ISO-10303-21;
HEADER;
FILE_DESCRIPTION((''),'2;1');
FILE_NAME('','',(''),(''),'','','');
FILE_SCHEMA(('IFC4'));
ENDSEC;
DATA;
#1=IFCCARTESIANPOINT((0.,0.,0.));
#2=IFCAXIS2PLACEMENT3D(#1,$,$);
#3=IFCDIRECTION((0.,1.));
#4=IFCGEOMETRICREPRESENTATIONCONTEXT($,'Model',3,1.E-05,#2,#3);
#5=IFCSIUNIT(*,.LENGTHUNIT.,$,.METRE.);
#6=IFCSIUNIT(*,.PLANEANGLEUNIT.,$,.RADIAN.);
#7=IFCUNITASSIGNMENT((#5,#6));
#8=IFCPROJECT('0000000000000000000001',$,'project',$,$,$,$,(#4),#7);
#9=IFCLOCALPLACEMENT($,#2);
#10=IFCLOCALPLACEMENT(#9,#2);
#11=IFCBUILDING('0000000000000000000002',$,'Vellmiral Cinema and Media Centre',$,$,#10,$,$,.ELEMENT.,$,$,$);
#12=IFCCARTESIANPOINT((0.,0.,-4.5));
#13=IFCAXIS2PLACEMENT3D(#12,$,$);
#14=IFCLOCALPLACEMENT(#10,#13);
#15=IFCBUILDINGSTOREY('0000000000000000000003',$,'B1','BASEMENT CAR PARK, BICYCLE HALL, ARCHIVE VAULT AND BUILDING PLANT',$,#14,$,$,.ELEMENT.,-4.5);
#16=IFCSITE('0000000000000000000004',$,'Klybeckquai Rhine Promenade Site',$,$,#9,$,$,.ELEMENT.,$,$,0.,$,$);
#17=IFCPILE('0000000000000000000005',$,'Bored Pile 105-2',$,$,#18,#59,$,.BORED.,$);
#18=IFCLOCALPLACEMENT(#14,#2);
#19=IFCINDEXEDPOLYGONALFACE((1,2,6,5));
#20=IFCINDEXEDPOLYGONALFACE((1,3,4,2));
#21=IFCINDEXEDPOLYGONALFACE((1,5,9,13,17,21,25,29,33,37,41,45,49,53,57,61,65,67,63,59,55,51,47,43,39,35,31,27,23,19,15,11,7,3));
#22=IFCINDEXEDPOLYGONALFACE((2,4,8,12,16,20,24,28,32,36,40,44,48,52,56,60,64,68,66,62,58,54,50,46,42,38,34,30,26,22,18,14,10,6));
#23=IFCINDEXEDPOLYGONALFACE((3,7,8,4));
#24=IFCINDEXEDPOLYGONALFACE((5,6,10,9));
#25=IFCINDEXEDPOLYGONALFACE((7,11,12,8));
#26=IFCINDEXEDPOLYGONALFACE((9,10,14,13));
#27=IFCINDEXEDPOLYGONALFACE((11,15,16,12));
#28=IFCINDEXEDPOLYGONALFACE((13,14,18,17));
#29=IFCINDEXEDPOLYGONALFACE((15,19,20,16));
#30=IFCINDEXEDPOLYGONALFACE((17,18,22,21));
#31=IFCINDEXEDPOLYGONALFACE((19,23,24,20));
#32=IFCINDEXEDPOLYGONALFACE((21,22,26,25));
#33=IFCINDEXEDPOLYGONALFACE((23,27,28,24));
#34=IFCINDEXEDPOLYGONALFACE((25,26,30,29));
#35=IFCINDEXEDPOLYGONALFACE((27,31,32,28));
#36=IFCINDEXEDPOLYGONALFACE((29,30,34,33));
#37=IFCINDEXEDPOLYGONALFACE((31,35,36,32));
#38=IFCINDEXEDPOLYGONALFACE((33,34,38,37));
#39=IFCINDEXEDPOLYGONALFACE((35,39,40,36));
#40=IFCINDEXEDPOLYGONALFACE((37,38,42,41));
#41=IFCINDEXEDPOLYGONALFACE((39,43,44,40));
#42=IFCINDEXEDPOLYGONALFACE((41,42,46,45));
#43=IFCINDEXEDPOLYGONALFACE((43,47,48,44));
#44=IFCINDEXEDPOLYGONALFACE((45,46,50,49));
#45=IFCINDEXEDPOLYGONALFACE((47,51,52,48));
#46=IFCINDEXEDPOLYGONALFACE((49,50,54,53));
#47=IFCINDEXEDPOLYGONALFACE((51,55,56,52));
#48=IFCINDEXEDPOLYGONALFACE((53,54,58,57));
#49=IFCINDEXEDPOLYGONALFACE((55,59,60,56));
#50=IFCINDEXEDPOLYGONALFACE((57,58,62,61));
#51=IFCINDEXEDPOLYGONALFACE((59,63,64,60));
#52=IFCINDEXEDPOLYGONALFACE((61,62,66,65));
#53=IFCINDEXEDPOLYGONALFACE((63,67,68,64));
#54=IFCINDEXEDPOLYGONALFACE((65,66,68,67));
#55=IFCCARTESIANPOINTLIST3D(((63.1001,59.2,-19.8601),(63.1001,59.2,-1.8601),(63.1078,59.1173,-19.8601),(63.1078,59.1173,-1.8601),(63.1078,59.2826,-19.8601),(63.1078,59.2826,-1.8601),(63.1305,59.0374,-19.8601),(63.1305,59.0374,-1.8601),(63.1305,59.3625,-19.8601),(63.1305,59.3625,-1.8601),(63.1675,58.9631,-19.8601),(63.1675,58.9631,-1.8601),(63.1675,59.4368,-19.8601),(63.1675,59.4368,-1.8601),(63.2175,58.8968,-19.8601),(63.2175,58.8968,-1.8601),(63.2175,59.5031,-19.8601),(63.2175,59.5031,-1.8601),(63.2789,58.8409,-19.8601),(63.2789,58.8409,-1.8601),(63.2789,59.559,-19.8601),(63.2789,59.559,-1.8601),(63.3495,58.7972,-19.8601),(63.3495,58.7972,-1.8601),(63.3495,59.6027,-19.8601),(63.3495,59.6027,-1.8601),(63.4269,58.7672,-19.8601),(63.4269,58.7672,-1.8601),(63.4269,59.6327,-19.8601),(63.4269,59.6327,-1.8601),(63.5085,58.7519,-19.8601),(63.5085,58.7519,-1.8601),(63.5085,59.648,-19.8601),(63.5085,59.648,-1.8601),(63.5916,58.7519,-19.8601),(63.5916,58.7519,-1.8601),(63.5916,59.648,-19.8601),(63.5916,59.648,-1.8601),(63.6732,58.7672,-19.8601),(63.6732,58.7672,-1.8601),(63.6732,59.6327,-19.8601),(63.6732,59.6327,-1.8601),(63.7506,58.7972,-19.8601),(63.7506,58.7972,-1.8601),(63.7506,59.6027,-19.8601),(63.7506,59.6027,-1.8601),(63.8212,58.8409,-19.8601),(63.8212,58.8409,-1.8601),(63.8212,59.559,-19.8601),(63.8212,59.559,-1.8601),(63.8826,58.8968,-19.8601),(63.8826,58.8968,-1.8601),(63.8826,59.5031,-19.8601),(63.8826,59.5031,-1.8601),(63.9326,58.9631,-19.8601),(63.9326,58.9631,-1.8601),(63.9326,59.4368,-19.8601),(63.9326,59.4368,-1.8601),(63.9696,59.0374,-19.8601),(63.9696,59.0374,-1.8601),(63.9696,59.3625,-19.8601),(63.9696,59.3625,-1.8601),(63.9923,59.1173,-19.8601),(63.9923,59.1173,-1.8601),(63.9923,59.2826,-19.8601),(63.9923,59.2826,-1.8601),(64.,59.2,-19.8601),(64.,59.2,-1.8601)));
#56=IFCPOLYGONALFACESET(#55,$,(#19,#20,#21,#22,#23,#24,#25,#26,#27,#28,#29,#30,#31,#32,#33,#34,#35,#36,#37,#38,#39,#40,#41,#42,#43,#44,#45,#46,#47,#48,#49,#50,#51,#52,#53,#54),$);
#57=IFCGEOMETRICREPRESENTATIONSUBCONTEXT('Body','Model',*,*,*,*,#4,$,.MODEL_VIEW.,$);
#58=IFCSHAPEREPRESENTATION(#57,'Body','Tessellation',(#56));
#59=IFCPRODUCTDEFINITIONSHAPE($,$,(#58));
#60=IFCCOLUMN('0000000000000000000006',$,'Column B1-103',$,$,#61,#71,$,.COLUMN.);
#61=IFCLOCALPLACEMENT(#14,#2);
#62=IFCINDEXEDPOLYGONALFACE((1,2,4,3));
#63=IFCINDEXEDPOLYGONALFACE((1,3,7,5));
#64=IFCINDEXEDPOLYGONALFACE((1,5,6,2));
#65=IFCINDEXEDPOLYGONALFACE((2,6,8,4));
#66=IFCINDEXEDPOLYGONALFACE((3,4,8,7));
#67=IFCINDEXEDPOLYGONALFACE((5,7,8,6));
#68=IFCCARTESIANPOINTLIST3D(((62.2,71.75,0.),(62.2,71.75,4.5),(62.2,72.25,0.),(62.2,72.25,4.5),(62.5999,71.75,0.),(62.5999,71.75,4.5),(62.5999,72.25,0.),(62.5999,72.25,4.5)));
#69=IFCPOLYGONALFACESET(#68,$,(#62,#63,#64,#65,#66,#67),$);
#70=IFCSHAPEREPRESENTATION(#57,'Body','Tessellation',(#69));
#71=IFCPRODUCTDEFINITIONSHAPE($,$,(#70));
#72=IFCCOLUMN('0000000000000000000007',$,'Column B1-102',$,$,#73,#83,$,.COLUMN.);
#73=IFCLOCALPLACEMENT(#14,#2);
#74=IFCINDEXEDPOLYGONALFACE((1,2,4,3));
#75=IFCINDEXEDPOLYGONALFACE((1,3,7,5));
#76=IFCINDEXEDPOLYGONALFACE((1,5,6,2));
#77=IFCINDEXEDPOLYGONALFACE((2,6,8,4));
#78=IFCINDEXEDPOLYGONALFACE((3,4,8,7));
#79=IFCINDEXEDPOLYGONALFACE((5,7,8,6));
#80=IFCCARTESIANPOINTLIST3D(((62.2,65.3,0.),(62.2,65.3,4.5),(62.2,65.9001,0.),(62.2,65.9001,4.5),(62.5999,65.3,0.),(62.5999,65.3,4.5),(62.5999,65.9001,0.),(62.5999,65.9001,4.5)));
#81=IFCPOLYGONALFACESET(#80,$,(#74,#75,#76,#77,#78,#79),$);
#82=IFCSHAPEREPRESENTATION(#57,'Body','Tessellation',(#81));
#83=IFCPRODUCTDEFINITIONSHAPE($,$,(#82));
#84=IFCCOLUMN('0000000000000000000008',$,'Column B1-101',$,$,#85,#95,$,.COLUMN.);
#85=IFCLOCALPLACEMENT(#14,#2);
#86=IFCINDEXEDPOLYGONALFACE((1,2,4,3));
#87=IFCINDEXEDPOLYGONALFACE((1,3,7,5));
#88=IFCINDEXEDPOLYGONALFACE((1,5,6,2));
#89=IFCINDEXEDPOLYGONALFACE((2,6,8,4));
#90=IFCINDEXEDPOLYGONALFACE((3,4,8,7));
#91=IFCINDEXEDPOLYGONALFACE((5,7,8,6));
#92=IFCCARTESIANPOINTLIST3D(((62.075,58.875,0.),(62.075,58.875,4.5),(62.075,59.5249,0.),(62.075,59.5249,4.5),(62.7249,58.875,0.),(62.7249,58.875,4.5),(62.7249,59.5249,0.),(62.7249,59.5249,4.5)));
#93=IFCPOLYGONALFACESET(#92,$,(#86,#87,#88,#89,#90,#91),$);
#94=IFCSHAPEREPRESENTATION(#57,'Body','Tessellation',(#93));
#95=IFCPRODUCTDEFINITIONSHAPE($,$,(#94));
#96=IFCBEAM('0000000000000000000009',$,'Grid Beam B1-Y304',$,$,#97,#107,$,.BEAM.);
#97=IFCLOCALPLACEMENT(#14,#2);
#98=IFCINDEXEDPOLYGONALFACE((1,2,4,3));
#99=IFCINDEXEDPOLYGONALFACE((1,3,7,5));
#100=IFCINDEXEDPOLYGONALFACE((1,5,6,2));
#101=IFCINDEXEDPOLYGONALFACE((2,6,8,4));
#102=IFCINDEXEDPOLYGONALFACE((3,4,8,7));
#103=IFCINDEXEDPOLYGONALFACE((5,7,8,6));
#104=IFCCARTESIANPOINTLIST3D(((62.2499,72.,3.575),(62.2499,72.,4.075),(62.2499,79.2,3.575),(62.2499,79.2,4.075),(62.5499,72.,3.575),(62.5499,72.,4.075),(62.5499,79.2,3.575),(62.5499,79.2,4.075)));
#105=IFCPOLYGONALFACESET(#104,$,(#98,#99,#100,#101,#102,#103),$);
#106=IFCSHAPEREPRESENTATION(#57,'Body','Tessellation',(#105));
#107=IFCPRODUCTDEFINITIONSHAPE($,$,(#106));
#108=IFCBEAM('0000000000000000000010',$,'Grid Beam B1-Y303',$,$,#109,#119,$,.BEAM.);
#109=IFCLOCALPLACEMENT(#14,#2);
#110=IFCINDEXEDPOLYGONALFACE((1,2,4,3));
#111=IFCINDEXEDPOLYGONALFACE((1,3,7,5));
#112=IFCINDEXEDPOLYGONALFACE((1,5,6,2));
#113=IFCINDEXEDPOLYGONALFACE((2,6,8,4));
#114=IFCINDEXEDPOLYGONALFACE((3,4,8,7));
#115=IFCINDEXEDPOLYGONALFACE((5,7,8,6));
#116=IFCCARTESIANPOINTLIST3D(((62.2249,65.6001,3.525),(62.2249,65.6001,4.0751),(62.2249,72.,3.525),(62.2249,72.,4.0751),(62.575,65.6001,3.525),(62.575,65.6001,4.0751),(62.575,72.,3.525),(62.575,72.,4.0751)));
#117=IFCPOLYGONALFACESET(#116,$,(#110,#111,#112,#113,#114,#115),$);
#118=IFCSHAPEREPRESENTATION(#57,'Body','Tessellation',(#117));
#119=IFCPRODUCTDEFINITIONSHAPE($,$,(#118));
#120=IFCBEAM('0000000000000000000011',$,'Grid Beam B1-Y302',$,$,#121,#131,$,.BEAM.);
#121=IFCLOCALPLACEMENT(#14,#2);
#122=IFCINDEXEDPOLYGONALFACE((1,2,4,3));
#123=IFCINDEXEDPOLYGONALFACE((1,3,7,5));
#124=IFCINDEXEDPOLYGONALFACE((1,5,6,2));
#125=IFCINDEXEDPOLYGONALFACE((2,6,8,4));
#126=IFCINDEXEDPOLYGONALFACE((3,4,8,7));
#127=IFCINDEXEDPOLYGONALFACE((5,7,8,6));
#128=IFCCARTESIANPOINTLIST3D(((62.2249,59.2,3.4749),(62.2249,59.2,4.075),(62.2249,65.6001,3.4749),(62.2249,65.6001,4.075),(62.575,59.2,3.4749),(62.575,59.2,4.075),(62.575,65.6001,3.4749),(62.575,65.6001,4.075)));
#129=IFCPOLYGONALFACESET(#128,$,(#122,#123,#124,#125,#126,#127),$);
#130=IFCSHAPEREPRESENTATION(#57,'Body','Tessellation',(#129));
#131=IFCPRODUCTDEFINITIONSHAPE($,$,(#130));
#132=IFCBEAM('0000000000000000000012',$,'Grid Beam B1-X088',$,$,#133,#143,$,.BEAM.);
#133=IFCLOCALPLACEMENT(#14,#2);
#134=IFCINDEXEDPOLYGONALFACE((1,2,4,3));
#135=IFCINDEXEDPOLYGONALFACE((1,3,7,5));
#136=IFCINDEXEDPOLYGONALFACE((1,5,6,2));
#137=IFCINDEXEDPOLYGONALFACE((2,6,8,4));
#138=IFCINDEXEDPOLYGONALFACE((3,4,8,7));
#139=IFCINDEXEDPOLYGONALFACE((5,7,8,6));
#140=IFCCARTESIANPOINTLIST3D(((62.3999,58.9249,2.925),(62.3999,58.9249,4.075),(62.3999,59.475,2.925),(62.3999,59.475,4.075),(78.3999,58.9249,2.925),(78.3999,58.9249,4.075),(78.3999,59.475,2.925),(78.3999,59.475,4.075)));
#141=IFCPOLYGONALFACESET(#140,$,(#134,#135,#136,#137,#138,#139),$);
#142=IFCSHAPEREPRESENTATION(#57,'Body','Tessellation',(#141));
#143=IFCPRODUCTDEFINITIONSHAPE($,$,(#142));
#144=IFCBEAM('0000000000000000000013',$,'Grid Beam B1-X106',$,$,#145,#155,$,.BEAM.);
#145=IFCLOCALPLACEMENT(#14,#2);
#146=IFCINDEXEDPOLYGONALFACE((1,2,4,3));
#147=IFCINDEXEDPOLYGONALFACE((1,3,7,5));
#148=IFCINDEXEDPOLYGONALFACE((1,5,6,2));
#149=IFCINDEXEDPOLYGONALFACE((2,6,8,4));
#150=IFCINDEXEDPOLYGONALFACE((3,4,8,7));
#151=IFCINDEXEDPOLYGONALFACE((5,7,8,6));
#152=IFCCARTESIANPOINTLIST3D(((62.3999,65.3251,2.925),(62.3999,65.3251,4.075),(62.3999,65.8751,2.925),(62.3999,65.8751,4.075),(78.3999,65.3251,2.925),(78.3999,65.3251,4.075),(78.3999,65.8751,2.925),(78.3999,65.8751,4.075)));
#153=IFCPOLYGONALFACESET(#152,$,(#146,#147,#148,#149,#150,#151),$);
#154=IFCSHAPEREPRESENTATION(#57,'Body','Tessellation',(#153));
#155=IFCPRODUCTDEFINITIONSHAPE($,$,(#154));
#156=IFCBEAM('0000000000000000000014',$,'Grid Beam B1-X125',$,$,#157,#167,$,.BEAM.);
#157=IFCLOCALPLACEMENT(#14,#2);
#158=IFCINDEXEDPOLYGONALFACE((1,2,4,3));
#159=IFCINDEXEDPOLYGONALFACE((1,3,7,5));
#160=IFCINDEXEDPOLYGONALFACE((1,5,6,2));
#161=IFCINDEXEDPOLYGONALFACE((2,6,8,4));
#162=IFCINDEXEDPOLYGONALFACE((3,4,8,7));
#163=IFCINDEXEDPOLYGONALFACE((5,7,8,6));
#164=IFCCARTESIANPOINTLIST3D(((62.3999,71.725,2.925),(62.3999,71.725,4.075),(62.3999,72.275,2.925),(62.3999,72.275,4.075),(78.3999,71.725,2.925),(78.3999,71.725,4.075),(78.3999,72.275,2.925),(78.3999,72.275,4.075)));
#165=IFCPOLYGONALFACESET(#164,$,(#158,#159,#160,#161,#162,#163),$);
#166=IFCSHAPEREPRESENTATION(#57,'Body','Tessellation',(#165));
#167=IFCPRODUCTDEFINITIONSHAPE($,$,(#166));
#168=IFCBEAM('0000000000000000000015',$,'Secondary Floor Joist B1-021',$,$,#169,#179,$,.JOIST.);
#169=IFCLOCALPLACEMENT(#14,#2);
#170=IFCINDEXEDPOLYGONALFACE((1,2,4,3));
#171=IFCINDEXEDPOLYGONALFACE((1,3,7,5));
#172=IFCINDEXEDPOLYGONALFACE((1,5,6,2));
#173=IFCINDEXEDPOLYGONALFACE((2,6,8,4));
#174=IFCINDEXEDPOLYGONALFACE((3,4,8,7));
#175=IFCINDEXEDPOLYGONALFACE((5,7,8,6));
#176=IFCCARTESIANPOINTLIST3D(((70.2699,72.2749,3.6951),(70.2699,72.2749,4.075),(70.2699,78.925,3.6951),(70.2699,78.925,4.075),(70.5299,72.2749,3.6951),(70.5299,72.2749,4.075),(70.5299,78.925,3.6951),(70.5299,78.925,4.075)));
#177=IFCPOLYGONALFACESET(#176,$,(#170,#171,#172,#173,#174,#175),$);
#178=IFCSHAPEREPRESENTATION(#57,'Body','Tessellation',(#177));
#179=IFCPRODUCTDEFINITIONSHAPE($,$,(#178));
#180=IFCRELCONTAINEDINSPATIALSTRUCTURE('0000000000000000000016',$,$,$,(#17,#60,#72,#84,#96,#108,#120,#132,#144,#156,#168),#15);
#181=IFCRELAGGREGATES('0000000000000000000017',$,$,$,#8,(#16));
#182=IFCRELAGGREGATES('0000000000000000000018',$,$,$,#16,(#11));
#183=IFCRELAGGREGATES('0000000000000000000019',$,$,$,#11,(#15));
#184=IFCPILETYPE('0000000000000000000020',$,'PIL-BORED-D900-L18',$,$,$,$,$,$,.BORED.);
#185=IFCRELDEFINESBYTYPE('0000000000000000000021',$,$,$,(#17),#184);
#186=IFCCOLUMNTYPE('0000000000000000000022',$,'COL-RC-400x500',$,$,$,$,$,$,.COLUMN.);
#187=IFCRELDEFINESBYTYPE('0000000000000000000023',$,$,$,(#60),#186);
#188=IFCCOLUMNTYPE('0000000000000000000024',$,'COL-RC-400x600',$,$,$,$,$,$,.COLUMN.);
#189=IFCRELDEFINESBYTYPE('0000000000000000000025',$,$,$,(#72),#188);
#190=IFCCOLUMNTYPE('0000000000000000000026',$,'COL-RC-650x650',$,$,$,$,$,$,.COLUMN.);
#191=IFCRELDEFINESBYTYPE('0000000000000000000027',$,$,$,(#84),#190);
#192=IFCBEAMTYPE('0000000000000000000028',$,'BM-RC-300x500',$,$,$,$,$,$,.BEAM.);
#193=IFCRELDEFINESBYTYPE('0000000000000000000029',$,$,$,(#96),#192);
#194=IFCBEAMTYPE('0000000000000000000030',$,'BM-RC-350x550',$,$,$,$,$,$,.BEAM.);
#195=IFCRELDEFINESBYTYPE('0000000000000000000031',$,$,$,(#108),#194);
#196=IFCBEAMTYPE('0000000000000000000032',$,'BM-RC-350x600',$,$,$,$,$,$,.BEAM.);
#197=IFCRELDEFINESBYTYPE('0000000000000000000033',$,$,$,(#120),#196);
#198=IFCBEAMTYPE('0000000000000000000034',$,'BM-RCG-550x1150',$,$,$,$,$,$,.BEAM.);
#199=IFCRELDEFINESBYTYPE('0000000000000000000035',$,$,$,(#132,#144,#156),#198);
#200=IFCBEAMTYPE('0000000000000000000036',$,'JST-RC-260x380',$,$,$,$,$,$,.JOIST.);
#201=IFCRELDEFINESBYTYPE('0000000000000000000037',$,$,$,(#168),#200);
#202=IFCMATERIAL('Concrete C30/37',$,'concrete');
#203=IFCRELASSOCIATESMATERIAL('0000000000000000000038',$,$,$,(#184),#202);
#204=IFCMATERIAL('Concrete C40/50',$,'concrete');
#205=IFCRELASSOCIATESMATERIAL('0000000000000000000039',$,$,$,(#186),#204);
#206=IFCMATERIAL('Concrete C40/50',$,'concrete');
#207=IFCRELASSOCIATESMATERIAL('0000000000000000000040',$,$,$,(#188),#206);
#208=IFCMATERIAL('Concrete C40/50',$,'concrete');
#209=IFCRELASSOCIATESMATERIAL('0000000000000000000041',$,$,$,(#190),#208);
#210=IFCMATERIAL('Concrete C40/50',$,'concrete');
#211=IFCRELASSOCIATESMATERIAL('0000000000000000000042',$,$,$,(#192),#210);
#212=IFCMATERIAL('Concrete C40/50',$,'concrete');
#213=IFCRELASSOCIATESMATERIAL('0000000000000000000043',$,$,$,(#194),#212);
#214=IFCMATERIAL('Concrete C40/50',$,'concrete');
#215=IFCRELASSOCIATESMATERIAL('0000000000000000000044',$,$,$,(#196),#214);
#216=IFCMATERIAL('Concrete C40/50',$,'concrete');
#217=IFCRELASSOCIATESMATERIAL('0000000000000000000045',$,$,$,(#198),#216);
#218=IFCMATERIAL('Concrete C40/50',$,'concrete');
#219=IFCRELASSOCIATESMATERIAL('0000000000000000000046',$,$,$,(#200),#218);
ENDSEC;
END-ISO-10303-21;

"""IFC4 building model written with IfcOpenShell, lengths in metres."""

from ifc_helpers import new_model, si_unit, direction, frame, origin, origin_2d, place, context, subcontext, project, spatial, rectangle, circle, extrude, material, material_profile, profile_set, type_object, element, save


model = new_model("IFC4")

# Units and contexts
model_context = context("Model", 3, precision=1e-05, world=origin(), true_north=direction((0.0, 1.0)))
body_context = subcontext(model_context, "Body", "Model", "MODEL_VIEW")
ifc_project = project(units=[si_unit("LENGTHUNIT", "METRE"), si_unit("PLANEANGLEUNIT", "RADIAN")], contexts=[model_context])

# Site, building, storey
site_placement = place(None, origin())
site = spatial("IfcSite", under=ifc_project, at=site_placement, Name="Klybeckquai Rhine Promenade Site", CompositionType="ELEMENT", RefElevation=0.0)
building_placement = place(site_placement, origin())
building = spatial("IfcBuilding", under=site, at=building_placement, Name="Vellmiral Cinema and Media Centre", CompositionType="ELEMENT")
storey_placement = place(building_placement, frame((0.0, 0.0, -4.5)))
storey = spatial("IfcBuildingStorey", under=building, at=storey_placement, Name="B1", Description="BASEMENT CAR PARK, BICYCLE HALL, ARCHIVE VAULT AND BUILDING PLANT", CompositionType="ELEMENT", Elevation=-4.5)

# Pile
ifc_material_1 = material(Name="Concrete C30/37", Category="concrete")
ifc_material_profile_1 = material_profile(ifc_material_1, circle(Radius=0.45, at=origin_2d()), Name="PILE D900")
ifc_profile_set_1 = profile_set([ifc_material_profile_1], Name="Concrete C30/37")
pile_type_1 = type_object("IfcPileType", Name="PIL-BORED-D900-L18", PredefinedType="BORED", material=ifc_profile_set_1)
pile_placement = place(storey_placement, frame((63.55, 59.2, -1.8601), z_axis=(0.0, 0.0, -1.0), x_axis=(1.0, 0.0, 0.0)))
element("IfcPile", 1, at=pile_placement, inside=storey, type_object=pile_type_1, Name="Bored Pile 105-2", PredefinedType="BORED", context=body_context, shape_type="SweptSolid", body=[
    extrude(circle(Radius=0.45, at=origin_2d()), origin(), (0.0, 0.0, 1.0), 18.0),
])

# Columns
ifc_material_2 = material(Name="Concrete C40/50", Category="concrete")
ifc_material_profile_2 = material_profile(ifc_material_2, rectangle(XDim=0.3999, YDim=0.5, at=origin_2d()), Name="RC 400x500")
ifc_profile_set_2 = profile_set([ifc_material_profile_2], Name="Concrete C40/50")
column_type_1 = type_object("IfcColumnType", Name="COL-RC-400x500", PredefinedType="COLUMN", material=ifc_profile_set_2)
column_1_placement = place(storey_placement, frame((62.3999, 72.0, 0.0), z_axis=(0.0, 0.0, 1.0), x_axis=(1.0, 0.0, 0.0)))
element("IfcColumn", 2, at=column_1_placement, inside=storey, type_object=column_type_1, Name="Column B1-103", PredefinedType="COLUMN", context=body_context, shape_type="SweptSolid", body=[
    extrude(rectangle(XDim=0.3999, YDim=0.5, at=origin_2d()), origin(), (0.0, 0.0, 1.0), 4.5),
])
ifc_material_3 = material(Name="Concrete C40/50", Category="concrete")
ifc_material_profile_3 = material_profile(ifc_material_3, rectangle(XDim=0.3999, YDim=0.6001, at=origin_2d()), Name="RC 400x600")
ifc_profile_set_3 = profile_set([ifc_material_profile_3], Name="Concrete C40/50")
column_type_2 = type_object("IfcColumnType", Name="COL-RC-400x600", PredefinedType="COLUMN", material=ifc_profile_set_3)
column_2_placement = place(storey_placement, frame((62.3999, 65.6001, 0.0), z_axis=(0.0, 0.0, 1.0), x_axis=(1.0, 0.0, 0.0)))
element("IfcColumn", 3, at=column_2_placement, inside=storey, type_object=column_type_2, Name="Column B1-102", PredefinedType="COLUMN", context=body_context, shape_type="SweptSolid", body=[
    extrude(rectangle(XDim=0.3999, YDim=0.6001, at=origin_2d()), origin(), (0.0, 0.0, 1.0), 4.5),
])
ifc_material_4 = material(Name="Concrete C40/50", Category="concrete")
ifc_material_profile_4 = material_profile(ifc_material_4, rectangle(XDim=0.6499, YDim=0.6499, at=origin_2d()), Name="RC 650x650")
ifc_profile_set_4 = profile_set([ifc_material_profile_4], Name="Concrete C40/50")
column_type_3 = type_object("IfcColumnType", Name="COL-RC-650x650", PredefinedType="COLUMN", material=ifc_profile_set_4)
column_3_placement = place(storey_placement, frame((62.3999, 59.2, 0.0), z_axis=(0.0, 0.0, 1.0), x_axis=(1.0, 0.0, 0.0)))
element("IfcColumn", 4, at=column_3_placement, inside=storey, type_object=column_type_3, Name="Column B1-101", PredefinedType="COLUMN", context=body_context, shape_type="SweptSolid", body=[
    extrude(rectangle(XDim=0.6499, YDim=0.6499, at=origin_2d()), origin(), (0.0, 0.0, 1.0), 4.5),
])

# Beams
ifc_material_5 = material(Name="Concrete C40/50", Category="concrete")
ifc_material_profile_5 = material_profile(ifc_material_5, rectangle(XDim=0.3, YDim=0.5, at=origin_2d()), Name="RC 300x500")
ifc_profile_set_5 = profile_set([ifc_material_profile_5], Name="Concrete C40/50")
beam_type_1 = type_object("IfcBeamType", Name="BM-RC-300x500", PredefinedType="BEAM", material=ifc_profile_set_5)
beam_1_placement = place(storey_placement, frame((62.3999, 72.0, 3.825), z_axis=(0.0, 1.0, 0.0), x_axis=(-1.0, 0.0, 0.0)))
element("IfcBeam", 5, at=beam_1_placement, inside=storey, type_object=beam_type_1, Name="Grid Beam B1-Y304", PredefinedType="BEAM", context=body_context, shape_type="SweptSolid", body=[
    extrude(rectangle(XDim=0.3, YDim=0.5, at=origin_2d()), origin(), (0.0, 0.0, 1.0), 7.2),
])
ifc_material_6 = material(Name="Concrete C40/50", Category="concrete")
ifc_material_profile_6 = material_profile(ifc_material_6, rectangle(XDim=0.3501, YDim=0.55, at=origin_2d()), Name="RC 350x550")
ifc_profile_set_6 = profile_set([ifc_material_profile_6], Name="Concrete C40/50")
beam_type_2 = type_object("IfcBeamType", Name="BM-RC-350x550", PredefinedType="BEAM", material=ifc_profile_set_6)
beam_2_placement = place(storey_placement, frame((62.3999, 65.6001, 3.8), z_axis=(0.0, 1.0, 0.0), x_axis=(-1.0, 0.0, 0.0)))
element("IfcBeam", 6, at=beam_2_placement, inside=storey, type_object=beam_type_2, Name="Grid Beam B1-Y303", PredefinedType="BEAM", context=body_context, shape_type="SweptSolid", body=[
    extrude(rectangle(XDim=0.3501, YDim=0.55, at=origin_2d()), origin(), (0.0, 0.0, 1.0), 6.3999),
])
ifc_material_7 = material(Name="Concrete C40/50", Category="concrete")
ifc_material_profile_7 = material_profile(ifc_material_7, rectangle(XDim=0.3501, YDim=0.6001, at=origin_2d()), Name="RC 350x600")
ifc_profile_set_7 = profile_set([ifc_material_profile_7], Name="Concrete C40/50")
beam_type_3 = type_object("IfcBeamType", Name="BM-RC-350x600", PredefinedType="BEAM", material=ifc_profile_set_7)
beam_3_placement = place(storey_placement, frame((62.3999, 59.2, 3.7749), z_axis=(0.0, 1.0, 0.0), x_axis=(-1.0, 0.0, 0.0)))
element("IfcBeam", 7, at=beam_3_placement, inside=storey, type_object=beam_type_3, Name="Grid Beam B1-Y302", PredefinedType="BEAM", context=body_context, shape_type="SweptSolid", body=[
    extrude(rectangle(XDim=0.3501, YDim=0.6001, at=origin_2d()), origin(), (0.0, 0.0, 1.0), 6.4001),
])
ifc_material_8 = material(Name="Concrete C40/50", Category="concrete")
ifc_material_profile_8 = material_profile(ifc_material_8, rectangle(XDim=0.55, YDim=1.1499, at=origin_2d()), Name="RC 550x1150")
ifc_profile_set_8 = profile_set([ifc_material_profile_8], Name="Concrete C40/50")
beam_type_4 = type_object("IfcBeamType", Name="BM-RCG-550x1150", PredefinedType="BEAM", material=ifc_profile_set_8)
for number, where, z_axis, x_axis, name in (
    (8, (62.3999, 59.2, 3.5), (1.0, 0.0, 0.0), (0.0, 1.0, 0.0), "Grid Beam B1-X088"),
    (9, (62.3999, 65.6001, 3.5), (1.0, 0.0, 0.0), (0.0, 1.0, 0.0), "Grid Beam B1-X106"),
    (10, (62.3999, 72.0, 3.5), (1.0, 0.0, 0.0), (0.0, 1.0, 0.0), "Grid Beam B1-X125"),
):
    element("IfcBeam", number, at=place(storey_placement, frame(where, z_axis=z_axis, x_axis=x_axis)), inside=storey, type_object=beam_type_4, Name=name, PredefinedType="BEAM", context=body_context, shape_type="SweptSolid", body=[
        extrude(rectangle(XDim=0.55, YDim=1.1499, at=origin_2d()), origin(), (0.0, 0.0, 1.0), 16.0),
    ])
ifc_material_9 = material(Name="Concrete C40/50", Category="concrete")
ifc_material_profile_9 = material_profile(ifc_material_9, rectangle(XDim=0.26, YDim=0.3799, at=origin_2d()), Name="RC 260x380")
ifc_profile_set_9 = profile_set([ifc_material_profile_9], Name="Concrete C40/50")
beam_type_5 = type_object("IfcBeamType", Name="JST-RC-260x380", PredefinedType="JOIST", material=ifc_profile_set_9)
beam_4_placement = place(storey_placement, frame((70.3999, 72.2749, 3.885), z_axis=(0.0, 1.0, 0.0), x_axis=(-1.0, 0.0, 0.0)))
element("IfcBeam", 11, at=beam_4_placement, inside=storey, type_object=beam_type_5, Name="Secondary Floor Joist B1-021", PredefinedType="JOIST", context=body_context, shape_type="SweptSolid", body=[
    extrude(rectangle(XDim=0.26, YDim=0.3799, at=origin_2d()), origin(), (0.0, 0.0, 1.0), 6.6501),
])

save(model, "model.ifc")
